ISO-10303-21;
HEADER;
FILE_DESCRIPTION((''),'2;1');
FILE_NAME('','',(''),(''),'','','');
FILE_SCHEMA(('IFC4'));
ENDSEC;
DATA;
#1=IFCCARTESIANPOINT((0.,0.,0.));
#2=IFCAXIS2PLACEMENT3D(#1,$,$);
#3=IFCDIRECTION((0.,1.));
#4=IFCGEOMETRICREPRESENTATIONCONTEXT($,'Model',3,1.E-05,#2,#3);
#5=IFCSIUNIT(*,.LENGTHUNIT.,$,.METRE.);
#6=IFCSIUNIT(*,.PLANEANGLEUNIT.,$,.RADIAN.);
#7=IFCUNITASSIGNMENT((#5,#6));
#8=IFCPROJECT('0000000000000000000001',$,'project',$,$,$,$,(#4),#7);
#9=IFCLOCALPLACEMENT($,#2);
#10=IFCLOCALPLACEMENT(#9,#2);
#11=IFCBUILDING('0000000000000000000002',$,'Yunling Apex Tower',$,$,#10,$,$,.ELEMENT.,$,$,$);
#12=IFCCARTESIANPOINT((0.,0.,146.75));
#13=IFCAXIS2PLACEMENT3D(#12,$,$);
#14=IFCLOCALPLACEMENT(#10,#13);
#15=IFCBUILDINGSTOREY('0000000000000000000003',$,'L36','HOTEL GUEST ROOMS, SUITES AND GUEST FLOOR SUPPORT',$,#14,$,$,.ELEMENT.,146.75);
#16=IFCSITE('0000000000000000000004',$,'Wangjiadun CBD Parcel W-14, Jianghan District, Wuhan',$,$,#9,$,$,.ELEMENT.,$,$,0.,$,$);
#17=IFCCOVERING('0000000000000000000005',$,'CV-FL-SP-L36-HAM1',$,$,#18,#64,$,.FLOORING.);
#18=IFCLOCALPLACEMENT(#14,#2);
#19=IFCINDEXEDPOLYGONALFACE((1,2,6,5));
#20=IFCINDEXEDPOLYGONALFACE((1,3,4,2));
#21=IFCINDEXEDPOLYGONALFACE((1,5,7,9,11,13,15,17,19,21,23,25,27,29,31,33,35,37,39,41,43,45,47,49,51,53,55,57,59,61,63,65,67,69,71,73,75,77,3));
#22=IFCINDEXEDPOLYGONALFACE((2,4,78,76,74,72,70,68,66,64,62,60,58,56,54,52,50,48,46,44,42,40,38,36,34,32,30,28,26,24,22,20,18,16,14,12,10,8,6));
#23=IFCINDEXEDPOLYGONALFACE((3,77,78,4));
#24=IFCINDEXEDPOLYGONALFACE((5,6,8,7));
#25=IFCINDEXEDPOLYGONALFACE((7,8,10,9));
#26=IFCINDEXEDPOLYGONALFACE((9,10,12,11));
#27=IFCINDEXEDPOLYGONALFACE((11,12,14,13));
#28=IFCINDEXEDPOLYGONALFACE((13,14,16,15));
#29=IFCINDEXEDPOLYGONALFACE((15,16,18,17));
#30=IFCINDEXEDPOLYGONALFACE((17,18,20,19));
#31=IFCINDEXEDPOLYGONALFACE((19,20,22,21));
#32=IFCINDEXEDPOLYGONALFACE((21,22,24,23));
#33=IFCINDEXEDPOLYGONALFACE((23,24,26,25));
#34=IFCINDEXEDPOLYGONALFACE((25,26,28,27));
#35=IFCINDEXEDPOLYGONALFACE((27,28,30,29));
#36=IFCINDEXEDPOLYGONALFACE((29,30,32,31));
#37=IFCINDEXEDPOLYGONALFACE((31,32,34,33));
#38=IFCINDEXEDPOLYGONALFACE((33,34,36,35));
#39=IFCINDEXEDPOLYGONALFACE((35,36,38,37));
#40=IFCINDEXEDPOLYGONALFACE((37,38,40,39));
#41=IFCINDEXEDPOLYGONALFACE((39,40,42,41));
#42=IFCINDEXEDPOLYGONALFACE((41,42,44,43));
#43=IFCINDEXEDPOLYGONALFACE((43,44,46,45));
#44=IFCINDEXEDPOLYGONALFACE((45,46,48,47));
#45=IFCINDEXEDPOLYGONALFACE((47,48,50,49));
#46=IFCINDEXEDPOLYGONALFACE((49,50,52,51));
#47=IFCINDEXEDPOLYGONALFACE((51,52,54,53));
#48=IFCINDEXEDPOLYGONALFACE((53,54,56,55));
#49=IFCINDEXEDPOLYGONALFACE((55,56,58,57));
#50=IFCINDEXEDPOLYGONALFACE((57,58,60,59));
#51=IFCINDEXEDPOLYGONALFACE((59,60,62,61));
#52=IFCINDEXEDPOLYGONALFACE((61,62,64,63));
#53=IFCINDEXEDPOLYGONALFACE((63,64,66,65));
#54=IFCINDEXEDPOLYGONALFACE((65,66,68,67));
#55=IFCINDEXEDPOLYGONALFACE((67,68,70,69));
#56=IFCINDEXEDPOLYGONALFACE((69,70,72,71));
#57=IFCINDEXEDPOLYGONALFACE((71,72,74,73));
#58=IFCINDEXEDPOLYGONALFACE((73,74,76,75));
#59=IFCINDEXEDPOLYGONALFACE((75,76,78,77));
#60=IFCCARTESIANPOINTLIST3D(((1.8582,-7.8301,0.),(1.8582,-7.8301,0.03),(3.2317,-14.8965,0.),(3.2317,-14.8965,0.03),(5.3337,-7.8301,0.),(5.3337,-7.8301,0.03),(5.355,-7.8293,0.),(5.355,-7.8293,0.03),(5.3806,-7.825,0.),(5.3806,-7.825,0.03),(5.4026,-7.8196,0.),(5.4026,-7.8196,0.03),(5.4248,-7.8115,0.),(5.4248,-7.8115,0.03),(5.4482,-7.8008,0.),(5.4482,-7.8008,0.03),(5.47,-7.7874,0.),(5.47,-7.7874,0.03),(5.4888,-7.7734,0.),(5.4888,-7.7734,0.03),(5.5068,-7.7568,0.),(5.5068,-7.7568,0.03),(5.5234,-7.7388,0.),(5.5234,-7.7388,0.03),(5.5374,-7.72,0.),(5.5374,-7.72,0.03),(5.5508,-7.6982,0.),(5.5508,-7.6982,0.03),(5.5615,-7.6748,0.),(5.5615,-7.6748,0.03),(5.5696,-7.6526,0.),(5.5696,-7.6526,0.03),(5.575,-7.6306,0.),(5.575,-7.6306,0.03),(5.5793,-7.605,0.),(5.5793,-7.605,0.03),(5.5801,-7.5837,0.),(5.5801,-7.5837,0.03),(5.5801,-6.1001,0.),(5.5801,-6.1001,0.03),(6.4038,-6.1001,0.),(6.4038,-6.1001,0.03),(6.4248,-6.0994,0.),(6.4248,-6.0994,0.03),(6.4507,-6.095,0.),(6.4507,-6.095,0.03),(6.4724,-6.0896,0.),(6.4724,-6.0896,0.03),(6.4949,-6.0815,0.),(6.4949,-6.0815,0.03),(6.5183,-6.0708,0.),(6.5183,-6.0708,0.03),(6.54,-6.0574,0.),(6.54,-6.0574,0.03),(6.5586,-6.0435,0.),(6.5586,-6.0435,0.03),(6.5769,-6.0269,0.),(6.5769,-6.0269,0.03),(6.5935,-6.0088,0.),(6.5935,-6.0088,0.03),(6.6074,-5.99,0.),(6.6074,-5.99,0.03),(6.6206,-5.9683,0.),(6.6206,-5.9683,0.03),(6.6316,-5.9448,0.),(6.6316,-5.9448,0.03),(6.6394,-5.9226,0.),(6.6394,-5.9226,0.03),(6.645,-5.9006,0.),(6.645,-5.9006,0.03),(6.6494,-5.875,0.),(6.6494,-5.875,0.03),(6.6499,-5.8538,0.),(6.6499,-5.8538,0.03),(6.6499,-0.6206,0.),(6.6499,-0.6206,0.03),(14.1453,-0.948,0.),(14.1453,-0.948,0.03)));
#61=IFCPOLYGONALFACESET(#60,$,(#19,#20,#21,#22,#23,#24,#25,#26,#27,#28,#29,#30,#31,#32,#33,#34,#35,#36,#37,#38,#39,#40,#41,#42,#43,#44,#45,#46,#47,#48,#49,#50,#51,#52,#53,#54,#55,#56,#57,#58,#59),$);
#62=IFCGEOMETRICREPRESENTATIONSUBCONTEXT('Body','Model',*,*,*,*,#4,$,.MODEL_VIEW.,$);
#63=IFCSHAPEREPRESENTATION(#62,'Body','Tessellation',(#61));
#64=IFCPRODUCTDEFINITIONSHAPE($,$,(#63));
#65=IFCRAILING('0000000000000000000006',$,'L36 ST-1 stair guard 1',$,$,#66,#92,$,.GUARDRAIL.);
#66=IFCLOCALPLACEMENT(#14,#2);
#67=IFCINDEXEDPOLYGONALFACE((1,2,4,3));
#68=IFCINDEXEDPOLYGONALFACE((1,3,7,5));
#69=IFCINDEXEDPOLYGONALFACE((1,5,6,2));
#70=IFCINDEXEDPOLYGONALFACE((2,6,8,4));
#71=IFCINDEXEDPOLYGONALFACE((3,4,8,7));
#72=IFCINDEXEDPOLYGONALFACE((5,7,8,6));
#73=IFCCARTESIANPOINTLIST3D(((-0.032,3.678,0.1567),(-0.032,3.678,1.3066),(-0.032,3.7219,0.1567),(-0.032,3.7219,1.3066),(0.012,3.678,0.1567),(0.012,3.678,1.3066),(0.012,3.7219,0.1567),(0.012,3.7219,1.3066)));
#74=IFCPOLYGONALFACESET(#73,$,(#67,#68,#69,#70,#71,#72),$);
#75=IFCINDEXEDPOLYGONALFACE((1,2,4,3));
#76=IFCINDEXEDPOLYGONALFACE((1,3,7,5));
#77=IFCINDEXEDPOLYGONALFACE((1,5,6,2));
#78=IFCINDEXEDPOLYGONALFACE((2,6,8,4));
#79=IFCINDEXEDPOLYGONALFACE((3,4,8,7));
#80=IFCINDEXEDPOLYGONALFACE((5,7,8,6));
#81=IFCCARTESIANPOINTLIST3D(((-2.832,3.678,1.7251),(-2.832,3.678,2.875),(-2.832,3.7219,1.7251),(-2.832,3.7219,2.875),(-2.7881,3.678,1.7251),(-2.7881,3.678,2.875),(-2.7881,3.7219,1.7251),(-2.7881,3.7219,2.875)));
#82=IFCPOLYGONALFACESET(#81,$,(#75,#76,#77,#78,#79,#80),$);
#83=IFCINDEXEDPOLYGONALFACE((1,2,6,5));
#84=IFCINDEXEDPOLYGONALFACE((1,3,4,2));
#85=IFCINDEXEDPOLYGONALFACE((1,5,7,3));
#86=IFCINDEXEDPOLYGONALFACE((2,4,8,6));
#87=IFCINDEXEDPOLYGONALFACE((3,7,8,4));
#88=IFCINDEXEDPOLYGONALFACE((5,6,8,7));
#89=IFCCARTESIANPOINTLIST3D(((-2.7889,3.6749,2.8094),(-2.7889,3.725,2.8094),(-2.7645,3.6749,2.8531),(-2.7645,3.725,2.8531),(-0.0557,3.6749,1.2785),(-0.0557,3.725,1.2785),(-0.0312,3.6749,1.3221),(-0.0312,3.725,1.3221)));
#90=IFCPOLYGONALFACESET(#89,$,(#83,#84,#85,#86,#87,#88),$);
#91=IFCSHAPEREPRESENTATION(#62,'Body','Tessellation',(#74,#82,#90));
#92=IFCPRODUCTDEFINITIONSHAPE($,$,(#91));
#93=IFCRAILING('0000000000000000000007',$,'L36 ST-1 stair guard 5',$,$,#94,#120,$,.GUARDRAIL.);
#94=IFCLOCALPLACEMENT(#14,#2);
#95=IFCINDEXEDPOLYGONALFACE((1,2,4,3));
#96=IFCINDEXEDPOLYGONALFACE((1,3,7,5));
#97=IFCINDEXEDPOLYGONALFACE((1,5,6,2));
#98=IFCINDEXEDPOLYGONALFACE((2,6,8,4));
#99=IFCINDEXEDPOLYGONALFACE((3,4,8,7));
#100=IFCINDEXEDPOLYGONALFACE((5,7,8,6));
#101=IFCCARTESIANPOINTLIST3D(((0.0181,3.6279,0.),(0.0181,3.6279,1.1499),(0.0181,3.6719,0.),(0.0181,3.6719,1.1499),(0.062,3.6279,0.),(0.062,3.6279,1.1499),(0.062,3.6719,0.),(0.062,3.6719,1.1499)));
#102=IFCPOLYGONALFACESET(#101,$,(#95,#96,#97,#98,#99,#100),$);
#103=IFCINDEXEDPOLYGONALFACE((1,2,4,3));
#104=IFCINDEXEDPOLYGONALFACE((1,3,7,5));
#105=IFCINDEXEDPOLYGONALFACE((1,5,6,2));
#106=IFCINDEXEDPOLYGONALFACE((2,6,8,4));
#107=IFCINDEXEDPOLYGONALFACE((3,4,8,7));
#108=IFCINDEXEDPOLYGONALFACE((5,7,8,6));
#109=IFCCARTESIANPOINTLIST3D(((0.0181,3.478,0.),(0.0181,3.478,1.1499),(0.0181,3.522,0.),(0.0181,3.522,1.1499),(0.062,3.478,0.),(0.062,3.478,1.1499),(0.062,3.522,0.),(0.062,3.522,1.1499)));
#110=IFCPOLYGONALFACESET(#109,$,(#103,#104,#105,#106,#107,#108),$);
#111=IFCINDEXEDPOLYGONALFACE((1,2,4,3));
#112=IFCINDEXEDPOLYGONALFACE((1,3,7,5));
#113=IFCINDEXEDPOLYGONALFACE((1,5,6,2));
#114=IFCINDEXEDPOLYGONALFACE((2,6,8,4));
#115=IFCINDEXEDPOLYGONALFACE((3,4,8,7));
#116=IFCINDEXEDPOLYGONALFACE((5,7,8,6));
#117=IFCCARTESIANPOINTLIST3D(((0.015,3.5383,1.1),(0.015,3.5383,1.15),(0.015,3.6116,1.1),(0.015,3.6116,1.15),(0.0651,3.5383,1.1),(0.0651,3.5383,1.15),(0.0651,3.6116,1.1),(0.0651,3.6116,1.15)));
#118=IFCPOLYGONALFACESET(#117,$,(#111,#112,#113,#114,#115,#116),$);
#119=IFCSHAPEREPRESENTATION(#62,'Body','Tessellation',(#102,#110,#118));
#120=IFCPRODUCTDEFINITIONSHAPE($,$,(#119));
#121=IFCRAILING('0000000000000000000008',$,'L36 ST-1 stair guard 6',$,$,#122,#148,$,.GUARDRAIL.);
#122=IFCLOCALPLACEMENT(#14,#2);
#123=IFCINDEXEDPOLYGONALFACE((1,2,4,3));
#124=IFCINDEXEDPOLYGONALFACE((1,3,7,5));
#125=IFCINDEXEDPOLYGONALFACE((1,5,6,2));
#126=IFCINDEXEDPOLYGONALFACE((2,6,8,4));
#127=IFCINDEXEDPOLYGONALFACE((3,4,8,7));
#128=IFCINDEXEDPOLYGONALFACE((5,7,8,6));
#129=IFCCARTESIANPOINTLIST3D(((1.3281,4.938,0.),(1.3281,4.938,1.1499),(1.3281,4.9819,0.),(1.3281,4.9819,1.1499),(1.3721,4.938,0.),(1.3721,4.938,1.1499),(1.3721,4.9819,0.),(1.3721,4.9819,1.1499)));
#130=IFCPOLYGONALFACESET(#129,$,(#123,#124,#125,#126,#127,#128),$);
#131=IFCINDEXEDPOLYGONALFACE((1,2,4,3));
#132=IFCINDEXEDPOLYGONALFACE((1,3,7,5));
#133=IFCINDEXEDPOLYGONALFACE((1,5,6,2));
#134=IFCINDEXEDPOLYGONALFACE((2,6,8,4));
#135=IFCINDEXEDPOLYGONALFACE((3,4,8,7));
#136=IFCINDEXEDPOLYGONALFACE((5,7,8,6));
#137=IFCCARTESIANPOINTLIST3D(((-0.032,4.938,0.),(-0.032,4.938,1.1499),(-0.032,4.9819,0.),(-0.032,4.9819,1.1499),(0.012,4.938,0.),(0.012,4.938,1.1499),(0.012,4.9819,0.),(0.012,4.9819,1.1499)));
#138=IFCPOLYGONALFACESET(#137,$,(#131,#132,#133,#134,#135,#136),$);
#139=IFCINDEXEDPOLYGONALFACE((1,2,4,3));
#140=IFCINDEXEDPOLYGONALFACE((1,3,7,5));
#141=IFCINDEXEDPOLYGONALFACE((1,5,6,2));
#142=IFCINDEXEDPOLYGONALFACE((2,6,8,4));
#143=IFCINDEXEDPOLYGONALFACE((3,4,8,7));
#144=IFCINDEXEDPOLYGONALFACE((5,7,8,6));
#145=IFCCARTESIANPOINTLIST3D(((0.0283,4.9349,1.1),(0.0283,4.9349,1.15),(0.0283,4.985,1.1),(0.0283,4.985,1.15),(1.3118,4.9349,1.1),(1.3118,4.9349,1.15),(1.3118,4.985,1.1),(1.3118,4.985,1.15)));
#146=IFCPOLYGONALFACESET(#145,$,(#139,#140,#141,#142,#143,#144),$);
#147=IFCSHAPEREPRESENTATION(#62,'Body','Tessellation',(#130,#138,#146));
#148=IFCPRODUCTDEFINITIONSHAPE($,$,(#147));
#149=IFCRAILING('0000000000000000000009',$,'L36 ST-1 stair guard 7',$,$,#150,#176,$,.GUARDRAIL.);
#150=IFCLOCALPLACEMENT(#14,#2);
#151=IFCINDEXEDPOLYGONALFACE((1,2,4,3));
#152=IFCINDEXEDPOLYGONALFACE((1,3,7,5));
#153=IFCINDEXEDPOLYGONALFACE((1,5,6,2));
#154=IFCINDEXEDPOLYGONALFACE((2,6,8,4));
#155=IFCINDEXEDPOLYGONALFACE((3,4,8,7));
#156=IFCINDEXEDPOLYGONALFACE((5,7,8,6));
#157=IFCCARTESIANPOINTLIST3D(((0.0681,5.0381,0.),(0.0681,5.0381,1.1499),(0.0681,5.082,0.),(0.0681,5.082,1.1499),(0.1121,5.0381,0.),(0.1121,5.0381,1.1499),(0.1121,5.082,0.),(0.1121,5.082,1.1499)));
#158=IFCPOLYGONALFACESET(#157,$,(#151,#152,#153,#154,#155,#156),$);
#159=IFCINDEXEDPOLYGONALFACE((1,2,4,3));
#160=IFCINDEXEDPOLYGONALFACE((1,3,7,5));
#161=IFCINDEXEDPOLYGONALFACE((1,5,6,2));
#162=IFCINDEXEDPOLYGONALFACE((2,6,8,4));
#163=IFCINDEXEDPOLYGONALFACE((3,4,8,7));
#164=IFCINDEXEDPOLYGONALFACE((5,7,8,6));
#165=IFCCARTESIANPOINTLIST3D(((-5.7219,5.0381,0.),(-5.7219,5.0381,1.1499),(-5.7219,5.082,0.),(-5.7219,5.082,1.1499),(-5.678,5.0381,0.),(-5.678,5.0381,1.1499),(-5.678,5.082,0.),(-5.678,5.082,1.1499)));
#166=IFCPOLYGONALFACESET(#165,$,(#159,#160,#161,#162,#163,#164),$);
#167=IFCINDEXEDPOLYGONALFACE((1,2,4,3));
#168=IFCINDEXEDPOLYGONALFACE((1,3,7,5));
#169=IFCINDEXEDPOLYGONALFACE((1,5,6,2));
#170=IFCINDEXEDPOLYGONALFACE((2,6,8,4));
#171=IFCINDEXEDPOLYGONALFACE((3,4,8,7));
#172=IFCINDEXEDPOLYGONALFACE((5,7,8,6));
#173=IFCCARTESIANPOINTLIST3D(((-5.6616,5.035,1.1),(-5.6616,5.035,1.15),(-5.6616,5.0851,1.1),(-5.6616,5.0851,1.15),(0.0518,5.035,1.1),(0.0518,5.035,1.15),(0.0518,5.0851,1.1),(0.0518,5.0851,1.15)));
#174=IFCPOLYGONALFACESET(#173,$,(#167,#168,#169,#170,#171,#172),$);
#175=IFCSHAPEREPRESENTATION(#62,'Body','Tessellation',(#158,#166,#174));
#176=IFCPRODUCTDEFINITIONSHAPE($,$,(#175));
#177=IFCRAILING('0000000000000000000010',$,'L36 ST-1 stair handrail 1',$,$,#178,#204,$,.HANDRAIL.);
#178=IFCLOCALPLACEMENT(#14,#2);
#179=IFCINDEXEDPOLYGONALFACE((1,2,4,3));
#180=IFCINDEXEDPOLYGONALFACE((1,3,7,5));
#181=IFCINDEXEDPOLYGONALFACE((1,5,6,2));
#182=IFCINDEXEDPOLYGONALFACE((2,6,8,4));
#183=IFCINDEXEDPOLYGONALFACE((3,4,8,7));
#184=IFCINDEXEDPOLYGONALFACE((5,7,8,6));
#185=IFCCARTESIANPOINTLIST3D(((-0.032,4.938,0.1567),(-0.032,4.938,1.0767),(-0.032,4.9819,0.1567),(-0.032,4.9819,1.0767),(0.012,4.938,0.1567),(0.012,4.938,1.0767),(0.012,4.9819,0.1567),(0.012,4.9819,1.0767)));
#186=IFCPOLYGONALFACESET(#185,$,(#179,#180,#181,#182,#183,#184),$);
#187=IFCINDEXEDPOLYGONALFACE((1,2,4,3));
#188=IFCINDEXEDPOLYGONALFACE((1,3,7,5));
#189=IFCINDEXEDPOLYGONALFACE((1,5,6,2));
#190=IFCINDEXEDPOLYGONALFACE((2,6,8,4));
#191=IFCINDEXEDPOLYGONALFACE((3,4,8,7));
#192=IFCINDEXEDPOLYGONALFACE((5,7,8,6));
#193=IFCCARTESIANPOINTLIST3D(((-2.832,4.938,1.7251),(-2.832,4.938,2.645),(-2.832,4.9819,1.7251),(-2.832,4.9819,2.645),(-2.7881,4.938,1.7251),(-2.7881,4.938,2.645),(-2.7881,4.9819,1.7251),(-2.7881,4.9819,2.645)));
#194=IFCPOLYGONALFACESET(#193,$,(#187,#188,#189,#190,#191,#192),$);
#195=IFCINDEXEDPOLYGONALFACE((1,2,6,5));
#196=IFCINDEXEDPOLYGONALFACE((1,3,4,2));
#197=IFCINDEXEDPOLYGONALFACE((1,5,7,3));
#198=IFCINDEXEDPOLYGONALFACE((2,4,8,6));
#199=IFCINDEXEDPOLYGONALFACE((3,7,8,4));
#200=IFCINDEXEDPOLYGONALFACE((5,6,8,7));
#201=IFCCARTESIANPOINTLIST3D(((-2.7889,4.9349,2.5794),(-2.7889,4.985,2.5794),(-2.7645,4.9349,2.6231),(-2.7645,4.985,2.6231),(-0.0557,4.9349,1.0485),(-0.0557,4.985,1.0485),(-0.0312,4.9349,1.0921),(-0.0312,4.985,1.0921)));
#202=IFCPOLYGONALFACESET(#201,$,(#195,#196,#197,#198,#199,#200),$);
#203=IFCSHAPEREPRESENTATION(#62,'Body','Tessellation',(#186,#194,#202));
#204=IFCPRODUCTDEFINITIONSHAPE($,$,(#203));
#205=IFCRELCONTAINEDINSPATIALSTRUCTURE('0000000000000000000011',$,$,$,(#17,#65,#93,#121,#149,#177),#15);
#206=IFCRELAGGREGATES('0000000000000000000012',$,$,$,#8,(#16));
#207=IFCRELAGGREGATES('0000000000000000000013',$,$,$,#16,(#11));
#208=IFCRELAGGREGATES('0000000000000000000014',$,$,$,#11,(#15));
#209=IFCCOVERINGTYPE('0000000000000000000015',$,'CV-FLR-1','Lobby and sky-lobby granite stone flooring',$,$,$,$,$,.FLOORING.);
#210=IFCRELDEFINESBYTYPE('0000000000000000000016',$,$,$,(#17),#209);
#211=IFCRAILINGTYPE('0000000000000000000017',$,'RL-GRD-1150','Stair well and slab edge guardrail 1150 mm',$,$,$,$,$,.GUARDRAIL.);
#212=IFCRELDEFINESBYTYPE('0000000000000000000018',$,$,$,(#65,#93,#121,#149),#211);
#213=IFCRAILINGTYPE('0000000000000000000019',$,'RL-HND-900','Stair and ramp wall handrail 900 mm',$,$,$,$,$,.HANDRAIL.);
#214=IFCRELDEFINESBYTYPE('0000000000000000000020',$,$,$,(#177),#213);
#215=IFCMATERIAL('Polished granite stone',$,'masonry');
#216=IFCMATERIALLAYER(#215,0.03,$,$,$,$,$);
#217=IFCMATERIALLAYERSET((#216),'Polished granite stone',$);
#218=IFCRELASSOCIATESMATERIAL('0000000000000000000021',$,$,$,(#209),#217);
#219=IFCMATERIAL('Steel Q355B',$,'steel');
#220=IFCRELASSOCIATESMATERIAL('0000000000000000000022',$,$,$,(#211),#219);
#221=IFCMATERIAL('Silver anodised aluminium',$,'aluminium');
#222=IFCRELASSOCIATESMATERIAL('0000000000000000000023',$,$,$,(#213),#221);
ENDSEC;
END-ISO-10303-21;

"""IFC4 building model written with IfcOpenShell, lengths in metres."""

from ifc_helpers import new_model, si_unit, direction, frame, origin, origin_2d, place, context, subcontext, project, spatial, polyline, rectangle, outline, extrude, material, layer, layer_set, type_object, element, save


model = new_model("IFC4")

# Units and contexts
model_context = context("Model", 3, precision=1e-05, world=origin(), true_north=direction((0.0, 1.0)))
body_context = subcontext(model_context, "Body", "Model", "MODEL_VIEW")
ifc_project = project(units=[si_unit("LENGTHUNIT", "METRE"), si_unit("PLANEANGLEUNIT", "RADIAN")], contexts=[model_context])

# Site, building, storey
site_placement = place(None, origin())
site = spatial("IfcSite", under=ifc_project, at=site_placement, Name="Wangjiadun CBD Parcel W-14, Jianghan District, Wuhan", CompositionType="ELEMENT", RefElevation=0.0)
building_placement = place(site_placement, origin())
building = spatial("IfcBuilding", under=site, at=building_placement, Name="Yunling Apex Tower", CompositionType="ELEMENT")
storey_placement = place(building_placement, frame((0.0, 0.0, 146.75)))
storey = spatial("IfcBuildingStorey", under=building, at=storey_placement, Name="L36", Description="HOTEL GUEST ROOMS, SUITES AND GUEST FLOOR SUPPORT", CompositionType="ELEMENT", Elevation=146.75)

# Shared definitions
ifc_material_1 = material(Name="Steel Q355B", Category="steel")

# Covering
ifc_material_2 = material(Name="Polished granite stone", Category="masonry")
ifc_layer_1 = layer(ifc_material_2, 0.03)
ifc_layer_set_1 = layer_set([ifc_layer_1], Name="Polished granite stone")
covering_type_1 = type_object("IfcCoveringType", Name="CV-FLR-1", Description="Lobby and sky-lobby granite stone flooring", PredefinedType="FLOORING", material=ifc_layer_set_1)
covering_1_placement = place(storey_placement, origin())
element("IfcCovering", 1, at=covering_1_placement, inside=storey, type_object=covering_type_1, Name="CV-FL-SP-L36-HAM1", PredefinedType="FLOORING", context=body_context, shape_type="SweptSolid", body=[
    extrude(outline(polyline([(14.1453, -0.948), (3.2317, -14.8965), (1.8582, -7.8301), (5.3337, -7.8301), (5.355, -7.8293), (5.3806, -7.825), (5.4026, -7.8196), (5.4248, -7.8115), (5.4482, -7.8008), (5.47, -7.7874), (5.4888, -7.7734), (5.5068, -7.7568), (5.5234, -7.7388), (5.5374, -7.72), (5.5508, -7.6982), (5.5615, -7.6748), (5.5696, -7.6526), (5.575, -7.6306), (5.5793, -7.605), (5.5801, -7.5837), (5.5801, -6.1001), (6.4038, -6.1001), (6.4248, -6.0994), (6.4507, -6.095), (6.4724, -6.0896), (6.4949, -6.0815), (6.5183, -6.0708), (6.54, -6.0574), (6.5586, -6.0435), (6.5769, -6.0269), (6.5935, -6.0088), (6.6074, -5.99), (6.6206, -5.9683), (6.6316, -5.9448), (6.6394, -5.9226), (6.645, -5.9006), (6.6494, -5.875), (6.6499, -5.8538), (6.6499, -0.6206), (14.1453, -0.948)])), origin(), (0.0, 0.0, 1.0), 0.03),
])

# Railings
railing_type_1 = type_object("IfcRailingType", Name="RL-GRD-1150", Description="Stair well and slab edge guardrail 1150 mm", PredefinedType="GUARDRAIL", material=ifc_material_1)
railing_1_placement = place(storey_placement, frame((-0.01, 3.7, 0.1567)))
element("IfcRailing", 2, at=railing_1_placement, inside=storey, type_object=railing_type_1, Name="L36 ST-1 stair guard 1", PredefinedType="GUARDRAIL", context=body_context, shape_type="SweptSolid", body=[
    extrude(rectangle(XDim=0.0439, YDim=0.0439, at=origin_2d()), origin(), (0.0, 0.0, 1.0), 1.1499),
    extrude(rectangle(XDim=0.0439, YDim=0.0439, at=origin_2d()), frame((-2.8, 0.0, 1.5684)), (0.0, 0.0, 1.0), 1.1499),
    extrude(rectangle(XDim=0.05, YDim=0.05, at=origin_2d()), frame((-0.0334, 0.0, 1.1436), z_axis=(-0.872462, 0.0, 0.488682), x_axis=(0.0, -1.0, 0.0)), (0.0, 0.0, 1.0), 3.1328),
])
railing_2_placement = place(storey_placement, frame((0.04, 3.6499, 0.0)))
element("IfcRailing", 3, at=railing_2_placement, inside=storey, type_object=railing_type_1, Name="L36 ST-1 stair guard 5", PredefinedType="GUARDRAIL", context=body_context, shape_type="SweptSolid", body=[
    extrude(rectangle(XDim=0.0439, YDim=0.0439, at=origin_2d()), origin(), (0.0, 0.0, 1.0), 1.1499),
    extrude(rectangle(XDim=0.0439, YDim=0.0439, at=origin_2d()), frame((0.0, -0.1499, 0.0)), (0.0, 0.0, 1.0), 1.1499),
    extrude(rectangle(XDim=0.05, YDim=0.05, at=origin_2d()), frame((0.0, -0.0383, 1.125), z_axis=(0.0, -1.0, 0.0), x_axis=(1.0, 0.0, 0.0)), (0.0, 0.0, 1.0), 0.0732),
])
railing_3_placement = place(storey_placement, frame((1.3501, 4.96, 0.0)))
element("IfcRailing", 4, at=railing_3_placement, inside=storey, type_object=railing_type_1, Name="L36 ST-1 stair guard 6", PredefinedType="GUARDRAIL", context=body_context, shape_type="SweptSolid", body=[
    extrude(rectangle(XDim=0.0439, YDim=0.0439, at=origin_2d()), origin(), (0.0, 0.0, 1.0), 1.1499),
    extrude(rectangle(XDim=0.0439, YDim=0.0439, at=origin_2d()), frame((-1.3601, 0.0, 0.0)), (0.0, 0.0, 1.0), 1.1499),
    extrude(rectangle(XDim=0.05, YDim=0.05, at=origin_2d()), frame((-0.0383, 0.0, 1.125), z_axis=(-1.0, 0.0, 0.0), x_axis=(0.0, -1.0, 0.0)), (0.0, 0.0, 1.0), 1.2834),
])
railing_4_placement = place(storey_placement, frame((0.0901, 5.0601, 0.0)))
element("IfcRailing", 5, at=railing_4_placement, inside=storey, type_object=railing_type_1, Name="L36 ST-1 stair guard 7", PredefinedType="GUARDRAIL", context=body_context, shape_type="SweptSolid", body=[
    extrude(rectangle(XDim=0.0439, YDim=0.0439, at=origin_2d()), origin(), (0.0, 0.0, 1.0), 1.1499),
    extrude(rectangle(XDim=0.0439, YDim=0.0439, at=origin_2d()), frame((-5.79, 0.0, 0.0)), (0.0, 0.0, 1.0), 1.1499),
    extrude(rectangle(XDim=0.05, YDim=0.05, at=origin_2d()), frame((-0.0383, 0.0, 1.125), z_axis=(-1.0, 0.0, 0.0), x_axis=(0.0, -1.0, 0.0)), (0.0, 0.0, 1.0), 5.7134),
])
ifc_material_3 = material(Name="Silver anodised aluminium", Category="aluminium")
railing_type_2 = type_object("IfcRailingType", Name="RL-HND-900", Description="Stair and ramp wall handrail 900 mm", PredefinedType="HANDRAIL", material=ifc_material_3)
railing_5_placement = place(storey_placement, frame((-0.01, 4.96, 0.1567)))
element("IfcRailing", 6, at=railing_5_placement, inside=storey, type_object=railing_type_2, Name="L36 ST-1 stair handrail 1", PredefinedType="HANDRAIL", context=body_context, shape_type="SweptSolid", body=[
    extrude(rectangle(XDim=0.0439, YDim=0.0439, at=origin_2d()), origin(), (0.0, 0.0, 1.0), 0.9199),
    extrude(rectangle(XDim=0.0439, YDim=0.0439, at=origin_2d()), frame((-2.8, 0.0, 1.5684)), (0.0, 0.0, 1.0), 0.9199),
    extrude(rectangle(XDim=0.05, YDim=0.05, at=origin_2d()), frame((-0.0334, 0.0, 0.9136), z_axis=(-0.872462, 0.0, 0.488682), x_axis=(0.0, -1.0, 0.0)), (0.0, 0.0, 1.0), 3.1328),
])

save(model, "model.ifc")
